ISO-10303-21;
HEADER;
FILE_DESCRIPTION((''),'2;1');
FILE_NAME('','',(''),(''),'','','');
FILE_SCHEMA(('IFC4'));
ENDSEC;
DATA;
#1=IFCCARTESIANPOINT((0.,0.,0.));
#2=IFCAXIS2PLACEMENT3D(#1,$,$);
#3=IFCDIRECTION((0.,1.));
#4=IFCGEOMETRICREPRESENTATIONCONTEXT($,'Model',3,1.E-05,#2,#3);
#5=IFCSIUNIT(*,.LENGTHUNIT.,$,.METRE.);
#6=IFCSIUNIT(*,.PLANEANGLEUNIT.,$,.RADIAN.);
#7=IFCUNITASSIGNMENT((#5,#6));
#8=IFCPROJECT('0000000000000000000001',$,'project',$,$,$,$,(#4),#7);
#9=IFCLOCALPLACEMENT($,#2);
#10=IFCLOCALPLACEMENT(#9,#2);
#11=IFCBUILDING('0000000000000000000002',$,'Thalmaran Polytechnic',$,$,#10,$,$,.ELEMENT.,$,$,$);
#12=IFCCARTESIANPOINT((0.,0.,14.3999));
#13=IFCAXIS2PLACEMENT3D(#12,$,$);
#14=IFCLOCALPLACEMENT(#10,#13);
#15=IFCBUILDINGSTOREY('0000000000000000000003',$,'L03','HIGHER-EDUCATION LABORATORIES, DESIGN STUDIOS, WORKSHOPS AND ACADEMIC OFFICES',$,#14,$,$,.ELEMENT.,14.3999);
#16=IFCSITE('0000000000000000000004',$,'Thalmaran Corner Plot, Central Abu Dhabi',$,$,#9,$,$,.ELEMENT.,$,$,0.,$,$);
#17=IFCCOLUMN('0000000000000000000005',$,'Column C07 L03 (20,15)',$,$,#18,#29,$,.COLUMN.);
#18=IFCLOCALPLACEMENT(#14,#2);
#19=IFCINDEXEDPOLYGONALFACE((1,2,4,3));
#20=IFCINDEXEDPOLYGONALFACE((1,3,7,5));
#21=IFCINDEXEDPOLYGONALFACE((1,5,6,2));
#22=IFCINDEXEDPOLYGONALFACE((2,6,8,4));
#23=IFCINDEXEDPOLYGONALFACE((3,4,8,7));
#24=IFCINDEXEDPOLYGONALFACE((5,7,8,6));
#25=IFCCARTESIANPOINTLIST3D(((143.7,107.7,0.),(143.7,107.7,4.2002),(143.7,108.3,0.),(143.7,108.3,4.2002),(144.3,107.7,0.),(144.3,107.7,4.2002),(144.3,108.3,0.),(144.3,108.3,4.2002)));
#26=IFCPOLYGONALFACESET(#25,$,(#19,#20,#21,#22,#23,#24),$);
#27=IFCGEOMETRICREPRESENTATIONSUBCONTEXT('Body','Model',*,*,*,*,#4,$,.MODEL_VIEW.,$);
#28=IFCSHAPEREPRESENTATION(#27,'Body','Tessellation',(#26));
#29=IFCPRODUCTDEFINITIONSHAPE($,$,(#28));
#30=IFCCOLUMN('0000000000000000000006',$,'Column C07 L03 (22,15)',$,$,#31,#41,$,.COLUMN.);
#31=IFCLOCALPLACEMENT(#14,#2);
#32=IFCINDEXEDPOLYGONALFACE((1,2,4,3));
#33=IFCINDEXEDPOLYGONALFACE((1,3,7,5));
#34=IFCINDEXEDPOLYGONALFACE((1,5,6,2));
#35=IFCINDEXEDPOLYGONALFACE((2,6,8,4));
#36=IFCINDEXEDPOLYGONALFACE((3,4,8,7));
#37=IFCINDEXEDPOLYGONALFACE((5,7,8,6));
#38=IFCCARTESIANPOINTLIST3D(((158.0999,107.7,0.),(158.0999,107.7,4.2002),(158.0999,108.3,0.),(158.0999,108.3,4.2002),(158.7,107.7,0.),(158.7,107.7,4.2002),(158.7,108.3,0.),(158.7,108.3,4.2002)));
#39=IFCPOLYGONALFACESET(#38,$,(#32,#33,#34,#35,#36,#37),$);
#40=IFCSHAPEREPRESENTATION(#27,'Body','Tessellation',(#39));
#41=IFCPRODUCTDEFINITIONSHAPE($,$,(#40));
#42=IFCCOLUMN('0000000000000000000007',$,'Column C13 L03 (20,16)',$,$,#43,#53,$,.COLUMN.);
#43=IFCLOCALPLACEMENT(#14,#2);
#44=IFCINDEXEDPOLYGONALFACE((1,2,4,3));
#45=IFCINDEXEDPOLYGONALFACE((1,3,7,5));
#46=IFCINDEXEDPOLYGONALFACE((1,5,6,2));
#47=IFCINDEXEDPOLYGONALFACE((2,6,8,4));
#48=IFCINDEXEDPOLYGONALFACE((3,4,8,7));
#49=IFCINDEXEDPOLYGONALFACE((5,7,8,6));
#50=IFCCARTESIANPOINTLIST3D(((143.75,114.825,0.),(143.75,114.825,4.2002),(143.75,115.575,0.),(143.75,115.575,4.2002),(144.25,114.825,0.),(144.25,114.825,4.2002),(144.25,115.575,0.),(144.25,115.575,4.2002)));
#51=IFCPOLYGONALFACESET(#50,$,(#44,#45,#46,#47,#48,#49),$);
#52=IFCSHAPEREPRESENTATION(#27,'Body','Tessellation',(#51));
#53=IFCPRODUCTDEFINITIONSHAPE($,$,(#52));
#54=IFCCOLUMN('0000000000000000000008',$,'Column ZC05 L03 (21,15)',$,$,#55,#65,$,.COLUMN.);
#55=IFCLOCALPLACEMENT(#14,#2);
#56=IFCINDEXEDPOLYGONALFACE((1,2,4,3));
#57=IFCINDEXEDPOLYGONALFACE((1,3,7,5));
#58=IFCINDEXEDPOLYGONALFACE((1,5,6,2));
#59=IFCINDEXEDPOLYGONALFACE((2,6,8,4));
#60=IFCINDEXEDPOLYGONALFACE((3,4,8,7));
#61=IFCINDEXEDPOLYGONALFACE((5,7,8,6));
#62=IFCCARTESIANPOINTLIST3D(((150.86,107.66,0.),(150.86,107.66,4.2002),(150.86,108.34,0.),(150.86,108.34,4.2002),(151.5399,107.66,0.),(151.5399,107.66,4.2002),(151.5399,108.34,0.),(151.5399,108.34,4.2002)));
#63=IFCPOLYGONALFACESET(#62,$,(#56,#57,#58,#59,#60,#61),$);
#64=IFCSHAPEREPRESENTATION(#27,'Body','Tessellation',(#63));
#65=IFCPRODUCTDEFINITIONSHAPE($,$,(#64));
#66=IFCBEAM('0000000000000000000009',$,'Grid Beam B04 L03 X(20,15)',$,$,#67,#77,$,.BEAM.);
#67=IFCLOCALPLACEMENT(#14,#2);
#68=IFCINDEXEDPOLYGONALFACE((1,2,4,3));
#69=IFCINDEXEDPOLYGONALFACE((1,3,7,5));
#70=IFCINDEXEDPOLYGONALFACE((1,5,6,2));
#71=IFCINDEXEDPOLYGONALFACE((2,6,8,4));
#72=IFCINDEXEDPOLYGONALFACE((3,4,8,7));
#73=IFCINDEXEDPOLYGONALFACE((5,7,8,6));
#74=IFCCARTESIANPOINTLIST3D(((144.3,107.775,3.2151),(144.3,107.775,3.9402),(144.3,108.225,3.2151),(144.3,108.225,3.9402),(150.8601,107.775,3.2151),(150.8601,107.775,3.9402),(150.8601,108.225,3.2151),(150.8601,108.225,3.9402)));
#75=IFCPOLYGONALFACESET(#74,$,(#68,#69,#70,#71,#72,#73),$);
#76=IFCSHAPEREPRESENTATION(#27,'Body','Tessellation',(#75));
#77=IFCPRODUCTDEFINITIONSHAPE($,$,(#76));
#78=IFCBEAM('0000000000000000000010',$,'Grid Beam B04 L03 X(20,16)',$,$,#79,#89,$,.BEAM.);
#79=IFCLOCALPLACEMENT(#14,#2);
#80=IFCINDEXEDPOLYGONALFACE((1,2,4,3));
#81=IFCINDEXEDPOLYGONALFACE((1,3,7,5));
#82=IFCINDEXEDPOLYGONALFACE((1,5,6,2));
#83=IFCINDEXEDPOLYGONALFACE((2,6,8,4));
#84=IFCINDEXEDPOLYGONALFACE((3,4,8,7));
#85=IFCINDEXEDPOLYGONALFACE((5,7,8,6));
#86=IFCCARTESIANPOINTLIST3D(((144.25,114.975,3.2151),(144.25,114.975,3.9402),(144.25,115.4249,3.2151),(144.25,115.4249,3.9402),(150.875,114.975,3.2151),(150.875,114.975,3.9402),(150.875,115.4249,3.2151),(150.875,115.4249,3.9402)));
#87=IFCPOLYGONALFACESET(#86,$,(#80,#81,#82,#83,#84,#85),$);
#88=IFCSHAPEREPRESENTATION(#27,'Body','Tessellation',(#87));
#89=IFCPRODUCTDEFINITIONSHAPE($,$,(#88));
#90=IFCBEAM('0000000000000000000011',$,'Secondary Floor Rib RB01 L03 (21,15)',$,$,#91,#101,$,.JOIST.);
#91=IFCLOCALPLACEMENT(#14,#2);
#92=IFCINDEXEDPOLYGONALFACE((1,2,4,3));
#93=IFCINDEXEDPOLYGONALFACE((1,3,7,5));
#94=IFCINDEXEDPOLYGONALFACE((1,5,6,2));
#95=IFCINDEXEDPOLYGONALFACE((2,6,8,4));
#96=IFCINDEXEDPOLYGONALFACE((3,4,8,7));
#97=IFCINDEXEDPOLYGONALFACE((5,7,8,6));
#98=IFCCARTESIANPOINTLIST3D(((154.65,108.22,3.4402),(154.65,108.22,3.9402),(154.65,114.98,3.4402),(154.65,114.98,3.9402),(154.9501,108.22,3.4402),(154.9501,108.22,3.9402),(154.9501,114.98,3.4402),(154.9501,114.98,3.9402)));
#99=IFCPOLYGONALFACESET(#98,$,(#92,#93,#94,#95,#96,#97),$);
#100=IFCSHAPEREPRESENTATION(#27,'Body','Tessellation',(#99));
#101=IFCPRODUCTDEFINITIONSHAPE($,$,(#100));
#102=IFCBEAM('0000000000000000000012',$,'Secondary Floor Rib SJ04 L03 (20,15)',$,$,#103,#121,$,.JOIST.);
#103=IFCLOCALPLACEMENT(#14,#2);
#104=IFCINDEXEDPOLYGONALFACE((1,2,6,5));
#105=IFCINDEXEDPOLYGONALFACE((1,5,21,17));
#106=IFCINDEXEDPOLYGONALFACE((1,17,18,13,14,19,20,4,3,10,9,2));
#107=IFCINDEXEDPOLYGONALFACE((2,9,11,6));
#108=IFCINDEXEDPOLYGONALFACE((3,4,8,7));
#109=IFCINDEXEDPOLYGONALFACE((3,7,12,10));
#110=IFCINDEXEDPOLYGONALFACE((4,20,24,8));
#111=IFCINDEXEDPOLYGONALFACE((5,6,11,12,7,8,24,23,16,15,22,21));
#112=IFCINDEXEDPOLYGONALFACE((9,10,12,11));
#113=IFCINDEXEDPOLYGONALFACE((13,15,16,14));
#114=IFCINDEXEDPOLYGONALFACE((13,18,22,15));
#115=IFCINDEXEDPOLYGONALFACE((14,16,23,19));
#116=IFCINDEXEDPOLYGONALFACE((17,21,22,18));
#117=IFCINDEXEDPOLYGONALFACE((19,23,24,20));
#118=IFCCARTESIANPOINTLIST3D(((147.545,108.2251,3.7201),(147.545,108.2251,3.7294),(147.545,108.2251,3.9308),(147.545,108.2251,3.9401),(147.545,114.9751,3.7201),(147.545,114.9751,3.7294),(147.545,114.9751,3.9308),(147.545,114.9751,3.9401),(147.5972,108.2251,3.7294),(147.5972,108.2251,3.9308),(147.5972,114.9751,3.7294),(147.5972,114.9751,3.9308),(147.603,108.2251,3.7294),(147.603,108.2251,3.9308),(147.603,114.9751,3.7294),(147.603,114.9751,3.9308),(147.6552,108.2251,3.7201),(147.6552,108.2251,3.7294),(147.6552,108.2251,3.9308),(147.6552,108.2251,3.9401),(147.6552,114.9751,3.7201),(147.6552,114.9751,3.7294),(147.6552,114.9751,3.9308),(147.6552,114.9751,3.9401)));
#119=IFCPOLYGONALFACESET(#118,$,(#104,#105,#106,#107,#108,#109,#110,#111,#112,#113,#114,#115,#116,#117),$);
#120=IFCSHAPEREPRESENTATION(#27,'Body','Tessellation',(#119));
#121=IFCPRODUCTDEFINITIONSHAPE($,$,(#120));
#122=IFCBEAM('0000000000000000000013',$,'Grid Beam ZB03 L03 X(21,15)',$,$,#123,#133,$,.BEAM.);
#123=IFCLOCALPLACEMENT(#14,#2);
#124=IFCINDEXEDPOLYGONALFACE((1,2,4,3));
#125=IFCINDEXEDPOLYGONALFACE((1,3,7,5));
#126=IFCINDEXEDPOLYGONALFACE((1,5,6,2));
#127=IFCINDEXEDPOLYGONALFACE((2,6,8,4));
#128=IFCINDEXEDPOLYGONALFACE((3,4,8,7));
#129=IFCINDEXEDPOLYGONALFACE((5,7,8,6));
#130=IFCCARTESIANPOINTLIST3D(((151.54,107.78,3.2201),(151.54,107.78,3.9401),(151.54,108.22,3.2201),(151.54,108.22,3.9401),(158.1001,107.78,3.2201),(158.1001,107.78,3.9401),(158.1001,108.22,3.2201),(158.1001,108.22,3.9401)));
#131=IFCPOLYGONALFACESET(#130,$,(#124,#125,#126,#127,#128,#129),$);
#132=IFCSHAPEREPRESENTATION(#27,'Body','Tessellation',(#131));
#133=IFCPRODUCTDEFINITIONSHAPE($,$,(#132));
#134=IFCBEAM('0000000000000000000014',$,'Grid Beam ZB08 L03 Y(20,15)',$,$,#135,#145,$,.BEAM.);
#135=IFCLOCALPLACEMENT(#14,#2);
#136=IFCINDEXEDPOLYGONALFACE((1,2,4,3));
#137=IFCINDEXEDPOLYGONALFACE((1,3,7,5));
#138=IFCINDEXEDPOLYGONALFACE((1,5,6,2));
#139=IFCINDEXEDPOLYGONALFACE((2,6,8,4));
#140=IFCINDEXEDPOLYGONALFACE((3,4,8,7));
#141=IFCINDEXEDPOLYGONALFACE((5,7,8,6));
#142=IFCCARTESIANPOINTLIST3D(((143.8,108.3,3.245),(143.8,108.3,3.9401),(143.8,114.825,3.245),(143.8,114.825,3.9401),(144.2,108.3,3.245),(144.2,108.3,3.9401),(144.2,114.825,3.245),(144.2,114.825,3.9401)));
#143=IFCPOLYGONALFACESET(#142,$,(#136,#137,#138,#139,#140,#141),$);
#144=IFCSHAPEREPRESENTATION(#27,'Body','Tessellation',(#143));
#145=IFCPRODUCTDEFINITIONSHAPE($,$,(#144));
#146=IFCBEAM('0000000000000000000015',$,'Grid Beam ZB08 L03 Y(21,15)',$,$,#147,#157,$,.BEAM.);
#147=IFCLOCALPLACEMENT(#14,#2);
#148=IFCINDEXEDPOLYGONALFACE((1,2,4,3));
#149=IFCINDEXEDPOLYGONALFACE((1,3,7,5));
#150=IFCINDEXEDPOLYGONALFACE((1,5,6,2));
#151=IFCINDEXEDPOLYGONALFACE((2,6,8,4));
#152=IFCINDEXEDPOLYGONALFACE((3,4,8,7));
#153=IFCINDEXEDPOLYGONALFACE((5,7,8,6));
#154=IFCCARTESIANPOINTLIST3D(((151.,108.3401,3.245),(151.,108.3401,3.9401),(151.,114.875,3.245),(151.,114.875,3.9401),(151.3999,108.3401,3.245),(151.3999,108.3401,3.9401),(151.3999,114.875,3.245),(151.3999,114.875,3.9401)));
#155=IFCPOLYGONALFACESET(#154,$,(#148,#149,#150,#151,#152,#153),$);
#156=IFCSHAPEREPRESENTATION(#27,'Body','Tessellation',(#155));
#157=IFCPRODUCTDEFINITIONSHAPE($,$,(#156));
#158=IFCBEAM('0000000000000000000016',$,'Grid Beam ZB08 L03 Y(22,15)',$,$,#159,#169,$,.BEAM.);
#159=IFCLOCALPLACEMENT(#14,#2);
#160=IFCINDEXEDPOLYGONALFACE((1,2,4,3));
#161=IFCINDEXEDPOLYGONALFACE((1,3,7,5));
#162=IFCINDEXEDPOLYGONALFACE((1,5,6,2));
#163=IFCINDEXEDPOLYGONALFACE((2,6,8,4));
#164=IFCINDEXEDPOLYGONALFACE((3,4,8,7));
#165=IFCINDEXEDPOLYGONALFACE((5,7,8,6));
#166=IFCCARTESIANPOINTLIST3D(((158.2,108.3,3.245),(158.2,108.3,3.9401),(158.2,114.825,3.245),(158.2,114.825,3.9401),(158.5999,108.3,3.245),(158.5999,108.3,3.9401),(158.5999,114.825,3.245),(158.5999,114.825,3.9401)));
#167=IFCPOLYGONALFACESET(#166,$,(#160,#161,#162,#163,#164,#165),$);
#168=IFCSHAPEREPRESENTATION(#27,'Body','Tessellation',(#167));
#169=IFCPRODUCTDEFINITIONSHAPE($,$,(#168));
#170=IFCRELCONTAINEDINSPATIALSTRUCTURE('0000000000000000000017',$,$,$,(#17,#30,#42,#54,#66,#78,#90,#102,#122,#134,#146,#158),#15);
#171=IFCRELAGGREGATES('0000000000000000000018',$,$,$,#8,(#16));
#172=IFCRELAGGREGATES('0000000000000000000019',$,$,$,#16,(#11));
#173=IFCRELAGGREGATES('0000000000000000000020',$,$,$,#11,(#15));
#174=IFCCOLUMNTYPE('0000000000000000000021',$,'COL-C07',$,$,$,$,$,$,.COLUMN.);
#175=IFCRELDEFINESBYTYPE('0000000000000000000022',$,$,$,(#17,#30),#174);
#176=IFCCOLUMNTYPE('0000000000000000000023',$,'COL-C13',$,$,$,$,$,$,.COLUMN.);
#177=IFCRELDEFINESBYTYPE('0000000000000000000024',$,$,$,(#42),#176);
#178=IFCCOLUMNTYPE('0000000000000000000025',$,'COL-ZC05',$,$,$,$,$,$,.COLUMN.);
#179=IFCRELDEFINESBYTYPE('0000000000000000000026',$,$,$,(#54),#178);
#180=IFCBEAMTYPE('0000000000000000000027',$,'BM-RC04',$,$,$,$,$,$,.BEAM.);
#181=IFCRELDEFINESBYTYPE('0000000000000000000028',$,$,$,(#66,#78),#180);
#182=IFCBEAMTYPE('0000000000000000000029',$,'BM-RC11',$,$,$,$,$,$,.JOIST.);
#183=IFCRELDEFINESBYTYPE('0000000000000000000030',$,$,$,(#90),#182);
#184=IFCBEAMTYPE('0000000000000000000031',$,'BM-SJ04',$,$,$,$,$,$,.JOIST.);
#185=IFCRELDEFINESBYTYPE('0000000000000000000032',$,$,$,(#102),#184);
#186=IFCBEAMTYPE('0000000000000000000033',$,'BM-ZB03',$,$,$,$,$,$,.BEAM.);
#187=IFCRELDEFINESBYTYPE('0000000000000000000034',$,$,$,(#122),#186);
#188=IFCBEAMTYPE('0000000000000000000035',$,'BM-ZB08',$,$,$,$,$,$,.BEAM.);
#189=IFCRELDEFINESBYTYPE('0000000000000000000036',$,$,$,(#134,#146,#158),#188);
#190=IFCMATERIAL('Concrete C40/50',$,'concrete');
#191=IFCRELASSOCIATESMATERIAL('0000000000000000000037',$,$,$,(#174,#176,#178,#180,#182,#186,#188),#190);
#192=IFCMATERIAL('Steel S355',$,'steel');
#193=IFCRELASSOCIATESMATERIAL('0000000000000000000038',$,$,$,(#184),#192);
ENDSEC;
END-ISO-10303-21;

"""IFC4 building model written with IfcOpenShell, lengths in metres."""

from ifc_helpers import new_model, si_unit, direction, frame, origin, origin_2d, place, context, subcontext, project, spatial, rectangle, i_section, extrude, material, material_profile, profile_set, type_object, element, save


model = new_model("IFC4")

# Units and contexts
model_context = context("Model", 3, precision=1e-05, world=origin(), true_north=direction((0.0, 1.0)))
body_context = subcontext(model_context, "Body", "Model", "MODEL_VIEW")
ifc_project = project(units=[si_unit("LENGTHUNIT", "METRE"), si_unit("PLANEANGLEUNIT", "RADIAN")], contexts=[model_context])

# Site, building, storey
site_placement = place(None, origin())
site = spatial("IfcSite", under=ifc_project, at=site_placement, Name="Thalmaran Corner Plot, Central Abu Dhabi", CompositionType="ELEMENT", RefElevation=0.0)
building_placement = place(site_placement, origin())
building = spatial("IfcBuilding", under=site, at=building_placement, Name="Thalmaran Polytechnic", CompositionType="ELEMENT")
storey_placement = place(building_placement, frame((0.0, 0.0, 14.3999)))
storey = spatial("IfcBuildingStorey", under=building, at=storey_placement, Name="L03", Description="HIGHER-EDUCATION LABORATORIES, DESIGN STUDIOS, WORKSHOPS AND ACADEMIC OFFICES", CompositionType="ELEMENT", Elevation=14.3999)

# Columns
ifc_material_1 = material(Name="Concrete C40/50", Category="concrete")
ifc_material_profile_1 = material_profile(ifc_material_1, rectangle(XDim=0.6001, YDim=0.6001, at=origin_2d()), Name="RC 600x600")
ifc_profile_set_1 = profile_set([ifc_material_profile_1], Name="Concrete C40/50")
column_type_1 = type_object("IfcColumnType", Name="COL-C07", PredefinedType="COLUMN", material=ifc_profile_set_1)
for number, where, z_axis, x_axis, name in (
    (1, (144.0, 108.0, 0.0), (0.0, 0.0, 1.0), (1.0, 0.0, 0.0), "Column C07 L03 (20,15)"),
    (2, (158.3999, 108.0, 0.0), (0.0, 0.0, 1.0), (1.0, 0.0, 0.0), "Column C07 L03 (22,15)"),
):
    element("IfcColumn", number, at=place(storey_placement, frame(where, z_axis=z_axis, x_axis=x_axis)), inside=storey, type_object=column_type_1, Name=name, PredefinedType="COLUMN", context=body_context, shape_type="SweptSolid", body=[
        extrude(rectangle(XDim=0.6001, YDim=0.6001, at=origin_2d()), origin(), (0.0, 0.0, 1.0), 4.2002),
    ])
ifc_material_profile_2 = material_profile(ifc_material_1, rectangle(XDim=0.5, YDim=0.75, at=origin_2d()), Name="RC 500x750")
ifc_profile_set_2 = profile_set([ifc_material_profile_2], Name="Concrete C40/50")
column_type_2 = type_object("IfcColumnType", Name="COL-C13", PredefinedType="COLUMN", material=ifc_profile_set_2)
column_1_placement = place(storey_placement, frame((144.0, 115.2, 0.0), z_axis=(0.0, 0.0, 1.0), x_axis=(1.0, 0.0, 0.0)))
element("IfcColumn", 3, at=column_1_placement, inside=storey, type_object=column_type_2, Name="Column C13 L03 (20,16)", PredefinedType="COLUMN", context=body_context, shape_type="SweptSolid", body=[
    extrude(rectangle(XDim=0.5, YDim=0.75, at=origin_2d()), origin(), (0.0, 0.0, 1.0), 4.2002),
])
ifc_material_profile_3 = material_profile(ifc_material_1, rectangle(XDim=0.6799, YDim=0.6799, at=origin_2d()), Name="RC 680x680")
ifc_profile_set_3 = profile_set([ifc_material_profile_3], Name="Concrete C40/50")
column_type_3 = type_object("IfcColumnType", Name="COL-ZC05", PredefinedType="COLUMN", material=ifc_profile_set_3)
column_2_placement = place(storey_placement, frame((151.2, 108.0, 0.0), z_axis=(0.0, 0.0, 1.0), x_axis=(1.0, 0.0, 0.0)))
element("IfcColumn", 4, at=column_2_placement, inside=storey, type_object=column_type_3, Name="Column ZC05 L03 (21,15)", PredefinedType="COLUMN", context=body_context, shape_type="SweptSolid", body=[
    extrude(rectangle(XDim=0.6799, YDim=0.6799, at=origin_2d()), origin(), (0.0, 0.0, 1.0), 4.2002),
])

# Beams
ifc_material_profile_4 = material_profile(ifc_material_1, rectangle(XDim=0.45, YDim=0.7251, at=origin_2d()), Name="RC 450x725")
ifc_profile_set_4 = profile_set([ifc_material_profile_4], Name="Concrete C40/50")
beam_type_1 = type_object("IfcBeamType", Name="BM-RC04", PredefinedType="BEAM", material=ifc_profile_set_4)
beam_1_placement = place(storey_placement, frame((144.3, 108.0, 3.5776), z_axis=(1.0, 0.0, 0.0), x_axis=(0.0, 1.0, 0.0)))
element("IfcBeam", 5, at=beam_1_placement, inside=storey, type_object=beam_type_1, Name="Grid Beam B04 L03 X(20,15)", PredefinedType="BEAM", context=body_context, shape_type="SweptSolid", body=[
    extrude(rectangle(XDim=0.45, YDim=0.7251, at=origin_2d()), origin(), (0.0, 0.0, 1.0), 6.5601),
])
beam_2_placement = place(storey_placement, frame((144.25, 115.2, 3.5776), z_axis=(1.0, 0.0, 0.0), x_axis=(0.0, 1.0, 0.0)))
element("IfcBeam", 6, at=beam_2_placement, inside=storey, type_object=beam_type_1, Name="Grid Beam B04 L03 X(20,16)", PredefinedType="BEAM", context=body_context, shape_type="SweptSolid", body=[
    extrude(rectangle(XDim=0.45, YDim=0.7251, at=origin_2d()), origin(), (0.0, 0.0, 1.0), 6.625),
])
ifc_material_profile_5 = material_profile(ifc_material_1, rectangle(XDim=0.3, YDim=0.5, at=origin_2d()), Name="RC 300x500")
ifc_profile_set_5 = profile_set([ifc_material_profile_5], Name="Concrete C40/50")
beam_type_2 = type_object("IfcBeamType", Name="BM-RC11", PredefinedType="JOIST", material=ifc_profile_set_5)
beam_3_placement = place(storey_placement, frame((154.8, 108.22, 3.6902), z_axis=(0.0, 1.0, 0.0), x_axis=(-1.0, 0.0, 0.0)))
element("IfcBeam", 7, at=beam_3_placement, inside=storey, type_object=beam_type_2, Name="Secondary Floor Rib RB01 L03 (21,15)", PredefinedType="JOIST", context=body_context, shape_type="SweptSolid", body=[
    extrude(rectangle(XDim=0.3, YDim=0.5, at=origin_2d()), origin(), (0.0, 0.0, 1.0), 6.76),
])
ifc_material_2 = material(Name="Steel S355", Category="steel")
ifc_material_profile_6 = material_profile(ifc_material_2, i_section(OverallWidth=0.1101, OverallDepth=0.22, WebThickness=0.0059, FlangeThickness=0.0093, at=origin_2d()), Name="IPE 220")
ifc_profile_set_6 = profile_set([ifc_material_profile_6], Name="Steel S355")
beam_type_3 = type_object("IfcBeamType", Name="BM-SJ04", PredefinedType="JOIST", material=ifc_profile_set_6)
beam_4_placement = place(storey_placement, frame((147.6001, 108.2251, 3.8301), z_axis=(0.0, 1.0, 0.0), x_axis=(-1.0, 0.0, 0.0)))
element("IfcBeam", 8, at=beam_4_placement, inside=storey, type_object=beam_type_3, Name="Secondary Floor Rib SJ04 L03 (20,15)", PredefinedType="JOIST", context=body_context, shape_type="SweptSolid", body=[
    extrude(i_section(OverallWidth=0.1101, OverallDepth=0.22, WebThickness=0.0059, FlangeThickness=0.0093, at=origin_2d()), origin(), (0.0, 0.0, 1.0), 6.75),
])
ifc_material_profile_7 = material_profile(ifc_material_1, rectangle(XDim=0.4399, YDim=0.72, at=origin_2d()), Name="RC 440x720")
ifc_profile_set_7 = profile_set([ifc_material_profile_7], Name="Concrete C40/50")
beam_type_4 = type_object("IfcBeamType", Name="BM-ZB03", PredefinedType="BEAM", material=ifc_profile_set_7)
beam_5_placement = place(storey_placement, frame((151.54, 108.0, 3.5801), z_axis=(1.0, 0.0, 0.0), x_axis=(0.0, 1.0, 0.0)))
element("IfcBeam", 9, at=beam_5_placement, inside=storey, type_object=beam_type_4, Name="Grid Beam ZB03 L03 X(21,15)", PredefinedType="BEAM", context=body_context, shape_type="SweptSolid", body=[
    extrude(rectangle(XDim=0.4399, YDim=0.72, at=origin_2d()), origin(), (0.0, 0.0, 1.0), 6.5601),
])
ifc_material_profile_8 = material_profile(ifc_material_1, rectangle(XDim=0.3999, YDim=0.6951, at=origin_2d()), Name="RC 400x695")
ifc_profile_set_8 = profile_set([ifc_material_profile_8], Name="Concrete C40/50")
beam_type_5 = type_object("IfcBeamType", Name="BM-ZB08", PredefinedType="BEAM", material=ifc_profile_set_8)
beam_6_placement = place(storey_placement, frame((144.0, 108.3, 3.5925), z_axis=(0.0, 1.0, 0.0), x_axis=(-1.0, 0.0, 0.0)))
element("IfcBeam", 10, at=beam_6_placement, inside=storey, type_object=beam_type_5, Name="Grid Beam ZB08 L03 Y(20,15)", PredefinedType="BEAM", context=body_context, shape_type="SweptSolid", body=[
    extrude(rectangle(XDim=0.3999, YDim=0.6951, at=origin_2d()), origin(), (0.0, 0.0, 1.0), 6.5249),
])
beam_7_placement = place(storey_placement, frame((151.2, 108.3401, 3.5925), z_axis=(0.0, 1.0, 0.0), x_axis=(-1.0, 0.0, 0.0)))
element("IfcBeam", 11, at=beam_7_placement, inside=storey, type_object=beam_type_5, Name="Grid Beam ZB08 L03 Y(21,15)", PredefinedType="BEAM", context=body_context, shape_type="SweptSolid", body=[
    extrude(rectangle(XDim=0.3999, YDim=0.6951, at=origin_2d()), origin(), (0.0, 0.0, 1.0), 6.5349),
])
beam_8_placement = place(storey_placement, frame((158.3999, 108.3, 3.5925), z_axis=(0.0, 1.0, 0.0), x_axis=(-1.0, 0.0, 0.0)))
element("IfcBeam", 12, at=beam_8_placement, inside=storey, type_object=beam_type_5, Name="Grid Beam ZB08 L03 Y(22,15)", PredefinedType="BEAM", context=body_context, shape_type="SweptSolid", body=[
    extrude(rectangle(XDim=0.3999, YDim=0.6951, at=origin_2d()), origin(), (0.0, 0.0, 1.0), 6.5249),
])

save(model, "model.ifc")
